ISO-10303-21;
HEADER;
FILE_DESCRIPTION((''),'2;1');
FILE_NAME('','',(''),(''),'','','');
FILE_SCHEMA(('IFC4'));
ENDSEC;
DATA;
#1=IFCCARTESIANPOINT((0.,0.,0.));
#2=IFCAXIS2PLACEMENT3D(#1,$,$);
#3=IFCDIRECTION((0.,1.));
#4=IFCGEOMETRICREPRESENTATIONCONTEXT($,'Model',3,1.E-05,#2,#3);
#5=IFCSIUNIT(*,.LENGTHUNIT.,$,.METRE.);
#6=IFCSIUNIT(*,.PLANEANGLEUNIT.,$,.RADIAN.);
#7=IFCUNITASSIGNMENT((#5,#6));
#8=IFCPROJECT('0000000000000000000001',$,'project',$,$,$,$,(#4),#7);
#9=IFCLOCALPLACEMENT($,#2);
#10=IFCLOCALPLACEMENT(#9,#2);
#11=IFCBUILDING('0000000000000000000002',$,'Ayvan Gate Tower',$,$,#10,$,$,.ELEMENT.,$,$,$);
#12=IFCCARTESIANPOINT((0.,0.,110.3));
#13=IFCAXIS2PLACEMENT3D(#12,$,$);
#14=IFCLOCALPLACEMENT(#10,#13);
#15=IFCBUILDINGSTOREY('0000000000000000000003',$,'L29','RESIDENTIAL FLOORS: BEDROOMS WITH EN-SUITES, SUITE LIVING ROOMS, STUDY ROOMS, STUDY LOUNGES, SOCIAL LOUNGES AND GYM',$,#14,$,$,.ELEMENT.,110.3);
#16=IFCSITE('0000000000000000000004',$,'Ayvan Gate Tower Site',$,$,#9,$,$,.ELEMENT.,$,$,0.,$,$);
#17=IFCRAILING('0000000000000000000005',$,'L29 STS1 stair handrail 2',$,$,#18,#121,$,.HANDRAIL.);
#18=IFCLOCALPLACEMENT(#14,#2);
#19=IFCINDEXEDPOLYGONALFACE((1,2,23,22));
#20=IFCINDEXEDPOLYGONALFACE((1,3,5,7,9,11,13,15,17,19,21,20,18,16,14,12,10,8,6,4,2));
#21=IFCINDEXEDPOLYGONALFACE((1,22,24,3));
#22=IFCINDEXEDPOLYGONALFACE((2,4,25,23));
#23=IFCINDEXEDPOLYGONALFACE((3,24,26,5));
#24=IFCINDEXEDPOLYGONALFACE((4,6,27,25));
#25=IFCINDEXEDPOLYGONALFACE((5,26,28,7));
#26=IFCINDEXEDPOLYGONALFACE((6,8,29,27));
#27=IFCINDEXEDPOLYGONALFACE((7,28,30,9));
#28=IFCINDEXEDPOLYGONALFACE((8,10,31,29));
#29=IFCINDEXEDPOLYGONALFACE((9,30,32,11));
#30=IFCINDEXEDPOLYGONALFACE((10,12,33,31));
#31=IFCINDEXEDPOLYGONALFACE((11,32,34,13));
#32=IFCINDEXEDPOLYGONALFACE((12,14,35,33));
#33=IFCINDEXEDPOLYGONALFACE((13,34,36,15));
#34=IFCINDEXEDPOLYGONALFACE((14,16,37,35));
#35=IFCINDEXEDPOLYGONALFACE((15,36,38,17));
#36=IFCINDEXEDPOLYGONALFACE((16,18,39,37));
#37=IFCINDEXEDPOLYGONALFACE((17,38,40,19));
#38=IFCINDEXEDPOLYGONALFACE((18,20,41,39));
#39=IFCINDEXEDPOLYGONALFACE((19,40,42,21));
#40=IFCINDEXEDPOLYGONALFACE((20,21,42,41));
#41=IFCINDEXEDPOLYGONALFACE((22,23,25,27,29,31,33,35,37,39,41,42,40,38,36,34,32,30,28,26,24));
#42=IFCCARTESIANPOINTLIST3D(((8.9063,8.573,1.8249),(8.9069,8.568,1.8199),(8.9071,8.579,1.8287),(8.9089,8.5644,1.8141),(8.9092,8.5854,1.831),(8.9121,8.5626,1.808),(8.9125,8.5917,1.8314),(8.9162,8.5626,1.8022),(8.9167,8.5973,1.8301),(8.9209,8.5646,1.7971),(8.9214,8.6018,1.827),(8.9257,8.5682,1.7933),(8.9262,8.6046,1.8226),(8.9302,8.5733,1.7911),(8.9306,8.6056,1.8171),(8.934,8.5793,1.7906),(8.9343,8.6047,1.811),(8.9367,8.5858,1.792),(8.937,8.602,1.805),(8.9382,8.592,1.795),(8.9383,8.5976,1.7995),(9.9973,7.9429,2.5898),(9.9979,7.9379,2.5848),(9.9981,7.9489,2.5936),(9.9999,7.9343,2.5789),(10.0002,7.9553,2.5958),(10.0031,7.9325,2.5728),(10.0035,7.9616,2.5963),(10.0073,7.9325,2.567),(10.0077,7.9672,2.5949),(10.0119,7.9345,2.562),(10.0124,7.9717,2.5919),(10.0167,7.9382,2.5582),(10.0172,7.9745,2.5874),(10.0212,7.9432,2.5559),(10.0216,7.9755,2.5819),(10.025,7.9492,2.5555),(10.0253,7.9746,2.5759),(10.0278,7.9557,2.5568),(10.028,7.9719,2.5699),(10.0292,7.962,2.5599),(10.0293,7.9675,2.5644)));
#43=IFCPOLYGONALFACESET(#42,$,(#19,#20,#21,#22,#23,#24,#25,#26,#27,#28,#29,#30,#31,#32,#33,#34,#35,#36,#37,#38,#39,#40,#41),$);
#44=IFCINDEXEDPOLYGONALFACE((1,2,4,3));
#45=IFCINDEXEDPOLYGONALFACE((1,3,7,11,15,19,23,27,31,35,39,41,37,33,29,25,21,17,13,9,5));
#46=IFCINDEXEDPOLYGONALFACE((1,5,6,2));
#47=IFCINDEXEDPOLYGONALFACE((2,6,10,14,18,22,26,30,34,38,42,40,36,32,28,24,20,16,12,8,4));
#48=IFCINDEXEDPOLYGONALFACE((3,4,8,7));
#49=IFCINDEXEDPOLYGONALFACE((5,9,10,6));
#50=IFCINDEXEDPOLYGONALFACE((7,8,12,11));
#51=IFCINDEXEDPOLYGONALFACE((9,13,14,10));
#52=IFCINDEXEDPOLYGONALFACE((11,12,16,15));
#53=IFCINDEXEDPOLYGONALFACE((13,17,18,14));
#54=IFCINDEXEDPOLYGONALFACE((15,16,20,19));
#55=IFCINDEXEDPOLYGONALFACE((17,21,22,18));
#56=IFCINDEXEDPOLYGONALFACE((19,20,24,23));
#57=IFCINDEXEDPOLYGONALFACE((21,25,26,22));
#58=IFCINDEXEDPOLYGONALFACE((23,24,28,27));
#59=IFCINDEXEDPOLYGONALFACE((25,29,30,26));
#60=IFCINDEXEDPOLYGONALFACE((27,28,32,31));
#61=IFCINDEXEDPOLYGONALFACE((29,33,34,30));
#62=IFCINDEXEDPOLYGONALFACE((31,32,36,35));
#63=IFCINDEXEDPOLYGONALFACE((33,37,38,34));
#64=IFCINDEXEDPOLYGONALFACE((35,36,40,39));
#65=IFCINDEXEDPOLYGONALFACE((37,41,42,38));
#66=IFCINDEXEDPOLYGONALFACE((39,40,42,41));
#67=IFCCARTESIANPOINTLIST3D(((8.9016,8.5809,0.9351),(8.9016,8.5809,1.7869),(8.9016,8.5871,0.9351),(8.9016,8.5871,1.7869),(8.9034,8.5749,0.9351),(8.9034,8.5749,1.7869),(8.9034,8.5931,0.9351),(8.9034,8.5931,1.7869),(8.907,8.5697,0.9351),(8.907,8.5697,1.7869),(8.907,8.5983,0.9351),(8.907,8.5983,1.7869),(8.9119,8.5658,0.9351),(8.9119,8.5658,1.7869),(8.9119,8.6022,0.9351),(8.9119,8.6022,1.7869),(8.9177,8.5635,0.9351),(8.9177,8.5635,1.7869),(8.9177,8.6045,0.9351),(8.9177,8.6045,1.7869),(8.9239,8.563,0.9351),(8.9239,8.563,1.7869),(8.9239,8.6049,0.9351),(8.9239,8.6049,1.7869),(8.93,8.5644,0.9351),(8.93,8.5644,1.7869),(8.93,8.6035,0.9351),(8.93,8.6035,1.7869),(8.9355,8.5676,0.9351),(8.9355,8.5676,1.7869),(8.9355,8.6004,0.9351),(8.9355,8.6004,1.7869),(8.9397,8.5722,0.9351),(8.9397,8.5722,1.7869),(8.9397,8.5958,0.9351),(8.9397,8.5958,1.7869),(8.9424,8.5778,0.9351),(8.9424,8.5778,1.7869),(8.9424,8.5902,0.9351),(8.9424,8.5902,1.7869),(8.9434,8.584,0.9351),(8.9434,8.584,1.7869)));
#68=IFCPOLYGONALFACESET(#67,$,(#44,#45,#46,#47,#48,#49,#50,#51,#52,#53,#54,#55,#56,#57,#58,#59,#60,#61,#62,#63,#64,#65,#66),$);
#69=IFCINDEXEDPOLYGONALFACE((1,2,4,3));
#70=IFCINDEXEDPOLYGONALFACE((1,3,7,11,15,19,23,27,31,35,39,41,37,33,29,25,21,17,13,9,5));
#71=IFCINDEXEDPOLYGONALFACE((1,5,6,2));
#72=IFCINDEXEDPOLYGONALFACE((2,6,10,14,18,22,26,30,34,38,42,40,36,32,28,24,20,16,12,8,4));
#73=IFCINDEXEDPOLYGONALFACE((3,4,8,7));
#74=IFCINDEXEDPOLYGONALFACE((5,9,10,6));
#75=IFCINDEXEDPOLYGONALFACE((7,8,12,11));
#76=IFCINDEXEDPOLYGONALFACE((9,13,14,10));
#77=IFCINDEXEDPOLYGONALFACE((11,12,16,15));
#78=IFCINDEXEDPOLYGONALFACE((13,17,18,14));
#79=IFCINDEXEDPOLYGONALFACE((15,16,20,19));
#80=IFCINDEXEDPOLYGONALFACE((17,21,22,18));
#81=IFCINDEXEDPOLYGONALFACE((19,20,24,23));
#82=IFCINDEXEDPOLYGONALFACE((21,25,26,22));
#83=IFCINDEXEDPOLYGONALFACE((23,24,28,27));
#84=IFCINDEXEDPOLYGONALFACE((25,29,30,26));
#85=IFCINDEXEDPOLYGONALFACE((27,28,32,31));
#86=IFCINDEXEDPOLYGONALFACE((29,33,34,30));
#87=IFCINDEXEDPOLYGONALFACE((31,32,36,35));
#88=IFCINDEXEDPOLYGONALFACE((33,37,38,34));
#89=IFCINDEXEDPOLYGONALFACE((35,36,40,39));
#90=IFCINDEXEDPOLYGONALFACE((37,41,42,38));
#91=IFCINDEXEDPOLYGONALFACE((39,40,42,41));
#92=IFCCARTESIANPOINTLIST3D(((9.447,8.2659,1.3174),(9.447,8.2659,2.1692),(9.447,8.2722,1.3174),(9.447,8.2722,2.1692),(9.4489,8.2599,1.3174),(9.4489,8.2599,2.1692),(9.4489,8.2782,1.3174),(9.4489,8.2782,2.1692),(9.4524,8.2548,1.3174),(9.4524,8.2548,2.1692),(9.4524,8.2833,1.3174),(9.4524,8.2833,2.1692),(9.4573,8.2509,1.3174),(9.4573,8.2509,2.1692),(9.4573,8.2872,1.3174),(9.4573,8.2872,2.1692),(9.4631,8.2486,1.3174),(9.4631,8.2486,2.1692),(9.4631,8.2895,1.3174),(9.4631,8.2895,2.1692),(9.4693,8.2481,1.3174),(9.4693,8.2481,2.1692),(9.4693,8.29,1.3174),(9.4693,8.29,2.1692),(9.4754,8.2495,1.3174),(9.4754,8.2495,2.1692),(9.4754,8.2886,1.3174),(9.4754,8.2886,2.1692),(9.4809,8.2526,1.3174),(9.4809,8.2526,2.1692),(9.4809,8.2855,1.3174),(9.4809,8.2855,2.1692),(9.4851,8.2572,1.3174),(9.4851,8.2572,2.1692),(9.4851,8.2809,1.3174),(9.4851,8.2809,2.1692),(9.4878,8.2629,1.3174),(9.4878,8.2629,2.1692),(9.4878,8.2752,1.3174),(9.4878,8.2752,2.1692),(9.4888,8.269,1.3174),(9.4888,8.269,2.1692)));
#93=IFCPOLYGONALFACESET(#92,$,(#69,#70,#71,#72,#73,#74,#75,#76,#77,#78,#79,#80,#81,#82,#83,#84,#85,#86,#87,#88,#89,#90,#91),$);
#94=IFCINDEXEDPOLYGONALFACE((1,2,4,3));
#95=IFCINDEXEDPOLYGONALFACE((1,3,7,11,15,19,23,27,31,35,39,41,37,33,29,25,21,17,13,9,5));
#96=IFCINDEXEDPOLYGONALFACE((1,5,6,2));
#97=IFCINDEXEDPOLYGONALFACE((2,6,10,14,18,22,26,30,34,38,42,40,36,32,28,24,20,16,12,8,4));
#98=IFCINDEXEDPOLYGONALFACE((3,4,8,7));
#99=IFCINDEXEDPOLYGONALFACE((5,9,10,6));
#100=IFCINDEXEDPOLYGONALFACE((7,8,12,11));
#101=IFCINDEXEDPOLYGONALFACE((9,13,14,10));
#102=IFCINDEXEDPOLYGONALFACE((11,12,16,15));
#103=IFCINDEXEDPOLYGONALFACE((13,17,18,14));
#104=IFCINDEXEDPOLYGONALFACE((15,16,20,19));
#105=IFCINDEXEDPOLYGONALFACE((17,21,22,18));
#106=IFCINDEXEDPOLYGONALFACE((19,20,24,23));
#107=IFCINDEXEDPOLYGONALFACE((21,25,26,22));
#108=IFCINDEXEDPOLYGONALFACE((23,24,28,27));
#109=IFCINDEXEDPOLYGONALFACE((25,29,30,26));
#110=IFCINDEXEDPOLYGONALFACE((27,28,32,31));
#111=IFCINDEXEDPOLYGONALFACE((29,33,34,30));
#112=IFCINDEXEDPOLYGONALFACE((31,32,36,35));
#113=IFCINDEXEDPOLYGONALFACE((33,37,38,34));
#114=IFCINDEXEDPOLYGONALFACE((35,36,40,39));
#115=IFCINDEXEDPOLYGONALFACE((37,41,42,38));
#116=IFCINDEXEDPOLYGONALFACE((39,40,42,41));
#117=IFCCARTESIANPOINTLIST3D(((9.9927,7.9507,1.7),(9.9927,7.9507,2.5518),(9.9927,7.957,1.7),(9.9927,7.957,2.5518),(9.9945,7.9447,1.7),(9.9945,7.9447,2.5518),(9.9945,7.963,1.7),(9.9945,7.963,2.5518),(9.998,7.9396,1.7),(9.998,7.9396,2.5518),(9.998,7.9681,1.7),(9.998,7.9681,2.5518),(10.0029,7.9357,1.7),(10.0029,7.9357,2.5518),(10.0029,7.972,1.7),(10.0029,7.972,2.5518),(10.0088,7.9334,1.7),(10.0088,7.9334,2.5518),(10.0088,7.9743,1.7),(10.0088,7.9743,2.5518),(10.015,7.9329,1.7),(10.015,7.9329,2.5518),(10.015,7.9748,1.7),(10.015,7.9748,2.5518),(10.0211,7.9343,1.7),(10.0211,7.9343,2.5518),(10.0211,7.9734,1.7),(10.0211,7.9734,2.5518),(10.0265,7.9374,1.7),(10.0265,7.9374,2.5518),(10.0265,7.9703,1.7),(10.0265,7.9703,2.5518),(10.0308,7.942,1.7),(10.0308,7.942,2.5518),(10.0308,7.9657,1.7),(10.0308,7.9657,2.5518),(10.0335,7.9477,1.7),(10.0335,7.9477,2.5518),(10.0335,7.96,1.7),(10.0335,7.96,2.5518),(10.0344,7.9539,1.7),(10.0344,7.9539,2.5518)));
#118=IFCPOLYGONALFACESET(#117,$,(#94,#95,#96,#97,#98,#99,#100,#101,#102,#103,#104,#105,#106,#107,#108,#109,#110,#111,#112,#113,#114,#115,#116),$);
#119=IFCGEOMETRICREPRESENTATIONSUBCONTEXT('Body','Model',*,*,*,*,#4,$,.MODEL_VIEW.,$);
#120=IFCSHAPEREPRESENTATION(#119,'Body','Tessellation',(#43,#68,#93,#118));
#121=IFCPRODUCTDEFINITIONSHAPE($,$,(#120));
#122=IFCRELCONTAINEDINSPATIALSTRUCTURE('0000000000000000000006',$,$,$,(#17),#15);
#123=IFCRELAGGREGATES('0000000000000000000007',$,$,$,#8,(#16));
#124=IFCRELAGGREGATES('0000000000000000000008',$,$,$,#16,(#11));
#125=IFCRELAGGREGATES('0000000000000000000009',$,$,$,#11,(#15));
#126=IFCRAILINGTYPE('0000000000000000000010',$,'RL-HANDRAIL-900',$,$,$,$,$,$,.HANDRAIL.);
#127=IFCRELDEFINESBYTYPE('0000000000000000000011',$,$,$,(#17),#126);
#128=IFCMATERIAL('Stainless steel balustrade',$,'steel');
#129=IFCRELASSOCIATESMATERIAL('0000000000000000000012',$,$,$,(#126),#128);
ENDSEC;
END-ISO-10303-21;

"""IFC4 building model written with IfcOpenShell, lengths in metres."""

from ifc_helpers import new_model, si_unit, direction, frame, origin, origin_2d, place, context, subcontext, project, spatial, circle, extrude, material, type_object, element, save


model = new_model("IFC4")

# Units and contexts
model_context = context("Model", 3, precision=1e-05, world=origin(), true_north=direction((0.0, 1.0)))
body_context = subcontext(model_context, "Body", "Model", "MODEL_VIEW")
ifc_project = project(units=[si_unit("LENGTHUNIT", "METRE"), si_unit("PLANEANGLEUNIT", "RADIAN")], contexts=[model_context])

# Site, building, storey
site_placement = place(None, origin())
site = spatial("IfcSite", under=ifc_project, at=site_placement, Name="Ayvan Gate Tower Site", CompositionType="ELEMENT", RefElevation=0.0)
building_placement = place(site_placement, origin())
building = spatial("IfcBuilding", under=site, at=building_placement, Name="Ayvan Gate Tower", CompositionType="ELEMENT")
storey_placement = place(building_placement, frame((0.0, 0.0, 110.3)))
storey = spatial("IfcBuildingStorey", under=building, at=storey_placement, Name="L29", Description="RESIDENTIAL FLOORS: BEDROOMS WITH EN-SUITES, SUITE LIVING ROOMS, STUDY ROOMS, STUDY LOUNGES, SOCIAL LOUNGES AND GYM", CompositionType="ELEMENT", Elevation=110.3)

# Railing
ifc_material_1 = material(Name="Stainless steel balustrade", Category="steel")
railing_type_1 = type_object("IfcRailingType", Name="RL-HANDRAIL-900", PredefinedType="HANDRAIL", material=ifc_material_1)
railing_1_placement = place(storey_placement, frame((8.9224, 8.584, 0.9351)))
element("IfcRailing", 1, at=railing_1_placement, inside=storey, type_object=railing_type_1, Name="L29 STS1 stair handrail 2", PredefinedType="HANDRAIL", context=body_context, shape_type="SweptSolid", body=[
    extrude(circle(Radius=0.0239, at=origin_2d()), frame((0.0, 0.0, 0.876), z_axis=(0.740229, -0.427508, 0.518939), x_axis=(0.500119, 0.865956, 0.0)), (0.0, 0.0, 1.0), 1.4739),
    extrude(circle(Radius=0.021, at=origin_2d()), origin(), (0.0, 0.0, 1.0), 0.8518),
    extrude(circle(Radius=0.021, at=origin_2d()), frame((0.5454, -0.3149, 0.3823)), (0.0, 0.0, 1.0), 0.8518),
    extrude(circle(Radius=0.021, at=origin_2d()), frame((1.0911, -0.6301, 0.7649)), (0.0, 0.0, 1.0), 0.8518),
])

save(model, "model.ifc")
